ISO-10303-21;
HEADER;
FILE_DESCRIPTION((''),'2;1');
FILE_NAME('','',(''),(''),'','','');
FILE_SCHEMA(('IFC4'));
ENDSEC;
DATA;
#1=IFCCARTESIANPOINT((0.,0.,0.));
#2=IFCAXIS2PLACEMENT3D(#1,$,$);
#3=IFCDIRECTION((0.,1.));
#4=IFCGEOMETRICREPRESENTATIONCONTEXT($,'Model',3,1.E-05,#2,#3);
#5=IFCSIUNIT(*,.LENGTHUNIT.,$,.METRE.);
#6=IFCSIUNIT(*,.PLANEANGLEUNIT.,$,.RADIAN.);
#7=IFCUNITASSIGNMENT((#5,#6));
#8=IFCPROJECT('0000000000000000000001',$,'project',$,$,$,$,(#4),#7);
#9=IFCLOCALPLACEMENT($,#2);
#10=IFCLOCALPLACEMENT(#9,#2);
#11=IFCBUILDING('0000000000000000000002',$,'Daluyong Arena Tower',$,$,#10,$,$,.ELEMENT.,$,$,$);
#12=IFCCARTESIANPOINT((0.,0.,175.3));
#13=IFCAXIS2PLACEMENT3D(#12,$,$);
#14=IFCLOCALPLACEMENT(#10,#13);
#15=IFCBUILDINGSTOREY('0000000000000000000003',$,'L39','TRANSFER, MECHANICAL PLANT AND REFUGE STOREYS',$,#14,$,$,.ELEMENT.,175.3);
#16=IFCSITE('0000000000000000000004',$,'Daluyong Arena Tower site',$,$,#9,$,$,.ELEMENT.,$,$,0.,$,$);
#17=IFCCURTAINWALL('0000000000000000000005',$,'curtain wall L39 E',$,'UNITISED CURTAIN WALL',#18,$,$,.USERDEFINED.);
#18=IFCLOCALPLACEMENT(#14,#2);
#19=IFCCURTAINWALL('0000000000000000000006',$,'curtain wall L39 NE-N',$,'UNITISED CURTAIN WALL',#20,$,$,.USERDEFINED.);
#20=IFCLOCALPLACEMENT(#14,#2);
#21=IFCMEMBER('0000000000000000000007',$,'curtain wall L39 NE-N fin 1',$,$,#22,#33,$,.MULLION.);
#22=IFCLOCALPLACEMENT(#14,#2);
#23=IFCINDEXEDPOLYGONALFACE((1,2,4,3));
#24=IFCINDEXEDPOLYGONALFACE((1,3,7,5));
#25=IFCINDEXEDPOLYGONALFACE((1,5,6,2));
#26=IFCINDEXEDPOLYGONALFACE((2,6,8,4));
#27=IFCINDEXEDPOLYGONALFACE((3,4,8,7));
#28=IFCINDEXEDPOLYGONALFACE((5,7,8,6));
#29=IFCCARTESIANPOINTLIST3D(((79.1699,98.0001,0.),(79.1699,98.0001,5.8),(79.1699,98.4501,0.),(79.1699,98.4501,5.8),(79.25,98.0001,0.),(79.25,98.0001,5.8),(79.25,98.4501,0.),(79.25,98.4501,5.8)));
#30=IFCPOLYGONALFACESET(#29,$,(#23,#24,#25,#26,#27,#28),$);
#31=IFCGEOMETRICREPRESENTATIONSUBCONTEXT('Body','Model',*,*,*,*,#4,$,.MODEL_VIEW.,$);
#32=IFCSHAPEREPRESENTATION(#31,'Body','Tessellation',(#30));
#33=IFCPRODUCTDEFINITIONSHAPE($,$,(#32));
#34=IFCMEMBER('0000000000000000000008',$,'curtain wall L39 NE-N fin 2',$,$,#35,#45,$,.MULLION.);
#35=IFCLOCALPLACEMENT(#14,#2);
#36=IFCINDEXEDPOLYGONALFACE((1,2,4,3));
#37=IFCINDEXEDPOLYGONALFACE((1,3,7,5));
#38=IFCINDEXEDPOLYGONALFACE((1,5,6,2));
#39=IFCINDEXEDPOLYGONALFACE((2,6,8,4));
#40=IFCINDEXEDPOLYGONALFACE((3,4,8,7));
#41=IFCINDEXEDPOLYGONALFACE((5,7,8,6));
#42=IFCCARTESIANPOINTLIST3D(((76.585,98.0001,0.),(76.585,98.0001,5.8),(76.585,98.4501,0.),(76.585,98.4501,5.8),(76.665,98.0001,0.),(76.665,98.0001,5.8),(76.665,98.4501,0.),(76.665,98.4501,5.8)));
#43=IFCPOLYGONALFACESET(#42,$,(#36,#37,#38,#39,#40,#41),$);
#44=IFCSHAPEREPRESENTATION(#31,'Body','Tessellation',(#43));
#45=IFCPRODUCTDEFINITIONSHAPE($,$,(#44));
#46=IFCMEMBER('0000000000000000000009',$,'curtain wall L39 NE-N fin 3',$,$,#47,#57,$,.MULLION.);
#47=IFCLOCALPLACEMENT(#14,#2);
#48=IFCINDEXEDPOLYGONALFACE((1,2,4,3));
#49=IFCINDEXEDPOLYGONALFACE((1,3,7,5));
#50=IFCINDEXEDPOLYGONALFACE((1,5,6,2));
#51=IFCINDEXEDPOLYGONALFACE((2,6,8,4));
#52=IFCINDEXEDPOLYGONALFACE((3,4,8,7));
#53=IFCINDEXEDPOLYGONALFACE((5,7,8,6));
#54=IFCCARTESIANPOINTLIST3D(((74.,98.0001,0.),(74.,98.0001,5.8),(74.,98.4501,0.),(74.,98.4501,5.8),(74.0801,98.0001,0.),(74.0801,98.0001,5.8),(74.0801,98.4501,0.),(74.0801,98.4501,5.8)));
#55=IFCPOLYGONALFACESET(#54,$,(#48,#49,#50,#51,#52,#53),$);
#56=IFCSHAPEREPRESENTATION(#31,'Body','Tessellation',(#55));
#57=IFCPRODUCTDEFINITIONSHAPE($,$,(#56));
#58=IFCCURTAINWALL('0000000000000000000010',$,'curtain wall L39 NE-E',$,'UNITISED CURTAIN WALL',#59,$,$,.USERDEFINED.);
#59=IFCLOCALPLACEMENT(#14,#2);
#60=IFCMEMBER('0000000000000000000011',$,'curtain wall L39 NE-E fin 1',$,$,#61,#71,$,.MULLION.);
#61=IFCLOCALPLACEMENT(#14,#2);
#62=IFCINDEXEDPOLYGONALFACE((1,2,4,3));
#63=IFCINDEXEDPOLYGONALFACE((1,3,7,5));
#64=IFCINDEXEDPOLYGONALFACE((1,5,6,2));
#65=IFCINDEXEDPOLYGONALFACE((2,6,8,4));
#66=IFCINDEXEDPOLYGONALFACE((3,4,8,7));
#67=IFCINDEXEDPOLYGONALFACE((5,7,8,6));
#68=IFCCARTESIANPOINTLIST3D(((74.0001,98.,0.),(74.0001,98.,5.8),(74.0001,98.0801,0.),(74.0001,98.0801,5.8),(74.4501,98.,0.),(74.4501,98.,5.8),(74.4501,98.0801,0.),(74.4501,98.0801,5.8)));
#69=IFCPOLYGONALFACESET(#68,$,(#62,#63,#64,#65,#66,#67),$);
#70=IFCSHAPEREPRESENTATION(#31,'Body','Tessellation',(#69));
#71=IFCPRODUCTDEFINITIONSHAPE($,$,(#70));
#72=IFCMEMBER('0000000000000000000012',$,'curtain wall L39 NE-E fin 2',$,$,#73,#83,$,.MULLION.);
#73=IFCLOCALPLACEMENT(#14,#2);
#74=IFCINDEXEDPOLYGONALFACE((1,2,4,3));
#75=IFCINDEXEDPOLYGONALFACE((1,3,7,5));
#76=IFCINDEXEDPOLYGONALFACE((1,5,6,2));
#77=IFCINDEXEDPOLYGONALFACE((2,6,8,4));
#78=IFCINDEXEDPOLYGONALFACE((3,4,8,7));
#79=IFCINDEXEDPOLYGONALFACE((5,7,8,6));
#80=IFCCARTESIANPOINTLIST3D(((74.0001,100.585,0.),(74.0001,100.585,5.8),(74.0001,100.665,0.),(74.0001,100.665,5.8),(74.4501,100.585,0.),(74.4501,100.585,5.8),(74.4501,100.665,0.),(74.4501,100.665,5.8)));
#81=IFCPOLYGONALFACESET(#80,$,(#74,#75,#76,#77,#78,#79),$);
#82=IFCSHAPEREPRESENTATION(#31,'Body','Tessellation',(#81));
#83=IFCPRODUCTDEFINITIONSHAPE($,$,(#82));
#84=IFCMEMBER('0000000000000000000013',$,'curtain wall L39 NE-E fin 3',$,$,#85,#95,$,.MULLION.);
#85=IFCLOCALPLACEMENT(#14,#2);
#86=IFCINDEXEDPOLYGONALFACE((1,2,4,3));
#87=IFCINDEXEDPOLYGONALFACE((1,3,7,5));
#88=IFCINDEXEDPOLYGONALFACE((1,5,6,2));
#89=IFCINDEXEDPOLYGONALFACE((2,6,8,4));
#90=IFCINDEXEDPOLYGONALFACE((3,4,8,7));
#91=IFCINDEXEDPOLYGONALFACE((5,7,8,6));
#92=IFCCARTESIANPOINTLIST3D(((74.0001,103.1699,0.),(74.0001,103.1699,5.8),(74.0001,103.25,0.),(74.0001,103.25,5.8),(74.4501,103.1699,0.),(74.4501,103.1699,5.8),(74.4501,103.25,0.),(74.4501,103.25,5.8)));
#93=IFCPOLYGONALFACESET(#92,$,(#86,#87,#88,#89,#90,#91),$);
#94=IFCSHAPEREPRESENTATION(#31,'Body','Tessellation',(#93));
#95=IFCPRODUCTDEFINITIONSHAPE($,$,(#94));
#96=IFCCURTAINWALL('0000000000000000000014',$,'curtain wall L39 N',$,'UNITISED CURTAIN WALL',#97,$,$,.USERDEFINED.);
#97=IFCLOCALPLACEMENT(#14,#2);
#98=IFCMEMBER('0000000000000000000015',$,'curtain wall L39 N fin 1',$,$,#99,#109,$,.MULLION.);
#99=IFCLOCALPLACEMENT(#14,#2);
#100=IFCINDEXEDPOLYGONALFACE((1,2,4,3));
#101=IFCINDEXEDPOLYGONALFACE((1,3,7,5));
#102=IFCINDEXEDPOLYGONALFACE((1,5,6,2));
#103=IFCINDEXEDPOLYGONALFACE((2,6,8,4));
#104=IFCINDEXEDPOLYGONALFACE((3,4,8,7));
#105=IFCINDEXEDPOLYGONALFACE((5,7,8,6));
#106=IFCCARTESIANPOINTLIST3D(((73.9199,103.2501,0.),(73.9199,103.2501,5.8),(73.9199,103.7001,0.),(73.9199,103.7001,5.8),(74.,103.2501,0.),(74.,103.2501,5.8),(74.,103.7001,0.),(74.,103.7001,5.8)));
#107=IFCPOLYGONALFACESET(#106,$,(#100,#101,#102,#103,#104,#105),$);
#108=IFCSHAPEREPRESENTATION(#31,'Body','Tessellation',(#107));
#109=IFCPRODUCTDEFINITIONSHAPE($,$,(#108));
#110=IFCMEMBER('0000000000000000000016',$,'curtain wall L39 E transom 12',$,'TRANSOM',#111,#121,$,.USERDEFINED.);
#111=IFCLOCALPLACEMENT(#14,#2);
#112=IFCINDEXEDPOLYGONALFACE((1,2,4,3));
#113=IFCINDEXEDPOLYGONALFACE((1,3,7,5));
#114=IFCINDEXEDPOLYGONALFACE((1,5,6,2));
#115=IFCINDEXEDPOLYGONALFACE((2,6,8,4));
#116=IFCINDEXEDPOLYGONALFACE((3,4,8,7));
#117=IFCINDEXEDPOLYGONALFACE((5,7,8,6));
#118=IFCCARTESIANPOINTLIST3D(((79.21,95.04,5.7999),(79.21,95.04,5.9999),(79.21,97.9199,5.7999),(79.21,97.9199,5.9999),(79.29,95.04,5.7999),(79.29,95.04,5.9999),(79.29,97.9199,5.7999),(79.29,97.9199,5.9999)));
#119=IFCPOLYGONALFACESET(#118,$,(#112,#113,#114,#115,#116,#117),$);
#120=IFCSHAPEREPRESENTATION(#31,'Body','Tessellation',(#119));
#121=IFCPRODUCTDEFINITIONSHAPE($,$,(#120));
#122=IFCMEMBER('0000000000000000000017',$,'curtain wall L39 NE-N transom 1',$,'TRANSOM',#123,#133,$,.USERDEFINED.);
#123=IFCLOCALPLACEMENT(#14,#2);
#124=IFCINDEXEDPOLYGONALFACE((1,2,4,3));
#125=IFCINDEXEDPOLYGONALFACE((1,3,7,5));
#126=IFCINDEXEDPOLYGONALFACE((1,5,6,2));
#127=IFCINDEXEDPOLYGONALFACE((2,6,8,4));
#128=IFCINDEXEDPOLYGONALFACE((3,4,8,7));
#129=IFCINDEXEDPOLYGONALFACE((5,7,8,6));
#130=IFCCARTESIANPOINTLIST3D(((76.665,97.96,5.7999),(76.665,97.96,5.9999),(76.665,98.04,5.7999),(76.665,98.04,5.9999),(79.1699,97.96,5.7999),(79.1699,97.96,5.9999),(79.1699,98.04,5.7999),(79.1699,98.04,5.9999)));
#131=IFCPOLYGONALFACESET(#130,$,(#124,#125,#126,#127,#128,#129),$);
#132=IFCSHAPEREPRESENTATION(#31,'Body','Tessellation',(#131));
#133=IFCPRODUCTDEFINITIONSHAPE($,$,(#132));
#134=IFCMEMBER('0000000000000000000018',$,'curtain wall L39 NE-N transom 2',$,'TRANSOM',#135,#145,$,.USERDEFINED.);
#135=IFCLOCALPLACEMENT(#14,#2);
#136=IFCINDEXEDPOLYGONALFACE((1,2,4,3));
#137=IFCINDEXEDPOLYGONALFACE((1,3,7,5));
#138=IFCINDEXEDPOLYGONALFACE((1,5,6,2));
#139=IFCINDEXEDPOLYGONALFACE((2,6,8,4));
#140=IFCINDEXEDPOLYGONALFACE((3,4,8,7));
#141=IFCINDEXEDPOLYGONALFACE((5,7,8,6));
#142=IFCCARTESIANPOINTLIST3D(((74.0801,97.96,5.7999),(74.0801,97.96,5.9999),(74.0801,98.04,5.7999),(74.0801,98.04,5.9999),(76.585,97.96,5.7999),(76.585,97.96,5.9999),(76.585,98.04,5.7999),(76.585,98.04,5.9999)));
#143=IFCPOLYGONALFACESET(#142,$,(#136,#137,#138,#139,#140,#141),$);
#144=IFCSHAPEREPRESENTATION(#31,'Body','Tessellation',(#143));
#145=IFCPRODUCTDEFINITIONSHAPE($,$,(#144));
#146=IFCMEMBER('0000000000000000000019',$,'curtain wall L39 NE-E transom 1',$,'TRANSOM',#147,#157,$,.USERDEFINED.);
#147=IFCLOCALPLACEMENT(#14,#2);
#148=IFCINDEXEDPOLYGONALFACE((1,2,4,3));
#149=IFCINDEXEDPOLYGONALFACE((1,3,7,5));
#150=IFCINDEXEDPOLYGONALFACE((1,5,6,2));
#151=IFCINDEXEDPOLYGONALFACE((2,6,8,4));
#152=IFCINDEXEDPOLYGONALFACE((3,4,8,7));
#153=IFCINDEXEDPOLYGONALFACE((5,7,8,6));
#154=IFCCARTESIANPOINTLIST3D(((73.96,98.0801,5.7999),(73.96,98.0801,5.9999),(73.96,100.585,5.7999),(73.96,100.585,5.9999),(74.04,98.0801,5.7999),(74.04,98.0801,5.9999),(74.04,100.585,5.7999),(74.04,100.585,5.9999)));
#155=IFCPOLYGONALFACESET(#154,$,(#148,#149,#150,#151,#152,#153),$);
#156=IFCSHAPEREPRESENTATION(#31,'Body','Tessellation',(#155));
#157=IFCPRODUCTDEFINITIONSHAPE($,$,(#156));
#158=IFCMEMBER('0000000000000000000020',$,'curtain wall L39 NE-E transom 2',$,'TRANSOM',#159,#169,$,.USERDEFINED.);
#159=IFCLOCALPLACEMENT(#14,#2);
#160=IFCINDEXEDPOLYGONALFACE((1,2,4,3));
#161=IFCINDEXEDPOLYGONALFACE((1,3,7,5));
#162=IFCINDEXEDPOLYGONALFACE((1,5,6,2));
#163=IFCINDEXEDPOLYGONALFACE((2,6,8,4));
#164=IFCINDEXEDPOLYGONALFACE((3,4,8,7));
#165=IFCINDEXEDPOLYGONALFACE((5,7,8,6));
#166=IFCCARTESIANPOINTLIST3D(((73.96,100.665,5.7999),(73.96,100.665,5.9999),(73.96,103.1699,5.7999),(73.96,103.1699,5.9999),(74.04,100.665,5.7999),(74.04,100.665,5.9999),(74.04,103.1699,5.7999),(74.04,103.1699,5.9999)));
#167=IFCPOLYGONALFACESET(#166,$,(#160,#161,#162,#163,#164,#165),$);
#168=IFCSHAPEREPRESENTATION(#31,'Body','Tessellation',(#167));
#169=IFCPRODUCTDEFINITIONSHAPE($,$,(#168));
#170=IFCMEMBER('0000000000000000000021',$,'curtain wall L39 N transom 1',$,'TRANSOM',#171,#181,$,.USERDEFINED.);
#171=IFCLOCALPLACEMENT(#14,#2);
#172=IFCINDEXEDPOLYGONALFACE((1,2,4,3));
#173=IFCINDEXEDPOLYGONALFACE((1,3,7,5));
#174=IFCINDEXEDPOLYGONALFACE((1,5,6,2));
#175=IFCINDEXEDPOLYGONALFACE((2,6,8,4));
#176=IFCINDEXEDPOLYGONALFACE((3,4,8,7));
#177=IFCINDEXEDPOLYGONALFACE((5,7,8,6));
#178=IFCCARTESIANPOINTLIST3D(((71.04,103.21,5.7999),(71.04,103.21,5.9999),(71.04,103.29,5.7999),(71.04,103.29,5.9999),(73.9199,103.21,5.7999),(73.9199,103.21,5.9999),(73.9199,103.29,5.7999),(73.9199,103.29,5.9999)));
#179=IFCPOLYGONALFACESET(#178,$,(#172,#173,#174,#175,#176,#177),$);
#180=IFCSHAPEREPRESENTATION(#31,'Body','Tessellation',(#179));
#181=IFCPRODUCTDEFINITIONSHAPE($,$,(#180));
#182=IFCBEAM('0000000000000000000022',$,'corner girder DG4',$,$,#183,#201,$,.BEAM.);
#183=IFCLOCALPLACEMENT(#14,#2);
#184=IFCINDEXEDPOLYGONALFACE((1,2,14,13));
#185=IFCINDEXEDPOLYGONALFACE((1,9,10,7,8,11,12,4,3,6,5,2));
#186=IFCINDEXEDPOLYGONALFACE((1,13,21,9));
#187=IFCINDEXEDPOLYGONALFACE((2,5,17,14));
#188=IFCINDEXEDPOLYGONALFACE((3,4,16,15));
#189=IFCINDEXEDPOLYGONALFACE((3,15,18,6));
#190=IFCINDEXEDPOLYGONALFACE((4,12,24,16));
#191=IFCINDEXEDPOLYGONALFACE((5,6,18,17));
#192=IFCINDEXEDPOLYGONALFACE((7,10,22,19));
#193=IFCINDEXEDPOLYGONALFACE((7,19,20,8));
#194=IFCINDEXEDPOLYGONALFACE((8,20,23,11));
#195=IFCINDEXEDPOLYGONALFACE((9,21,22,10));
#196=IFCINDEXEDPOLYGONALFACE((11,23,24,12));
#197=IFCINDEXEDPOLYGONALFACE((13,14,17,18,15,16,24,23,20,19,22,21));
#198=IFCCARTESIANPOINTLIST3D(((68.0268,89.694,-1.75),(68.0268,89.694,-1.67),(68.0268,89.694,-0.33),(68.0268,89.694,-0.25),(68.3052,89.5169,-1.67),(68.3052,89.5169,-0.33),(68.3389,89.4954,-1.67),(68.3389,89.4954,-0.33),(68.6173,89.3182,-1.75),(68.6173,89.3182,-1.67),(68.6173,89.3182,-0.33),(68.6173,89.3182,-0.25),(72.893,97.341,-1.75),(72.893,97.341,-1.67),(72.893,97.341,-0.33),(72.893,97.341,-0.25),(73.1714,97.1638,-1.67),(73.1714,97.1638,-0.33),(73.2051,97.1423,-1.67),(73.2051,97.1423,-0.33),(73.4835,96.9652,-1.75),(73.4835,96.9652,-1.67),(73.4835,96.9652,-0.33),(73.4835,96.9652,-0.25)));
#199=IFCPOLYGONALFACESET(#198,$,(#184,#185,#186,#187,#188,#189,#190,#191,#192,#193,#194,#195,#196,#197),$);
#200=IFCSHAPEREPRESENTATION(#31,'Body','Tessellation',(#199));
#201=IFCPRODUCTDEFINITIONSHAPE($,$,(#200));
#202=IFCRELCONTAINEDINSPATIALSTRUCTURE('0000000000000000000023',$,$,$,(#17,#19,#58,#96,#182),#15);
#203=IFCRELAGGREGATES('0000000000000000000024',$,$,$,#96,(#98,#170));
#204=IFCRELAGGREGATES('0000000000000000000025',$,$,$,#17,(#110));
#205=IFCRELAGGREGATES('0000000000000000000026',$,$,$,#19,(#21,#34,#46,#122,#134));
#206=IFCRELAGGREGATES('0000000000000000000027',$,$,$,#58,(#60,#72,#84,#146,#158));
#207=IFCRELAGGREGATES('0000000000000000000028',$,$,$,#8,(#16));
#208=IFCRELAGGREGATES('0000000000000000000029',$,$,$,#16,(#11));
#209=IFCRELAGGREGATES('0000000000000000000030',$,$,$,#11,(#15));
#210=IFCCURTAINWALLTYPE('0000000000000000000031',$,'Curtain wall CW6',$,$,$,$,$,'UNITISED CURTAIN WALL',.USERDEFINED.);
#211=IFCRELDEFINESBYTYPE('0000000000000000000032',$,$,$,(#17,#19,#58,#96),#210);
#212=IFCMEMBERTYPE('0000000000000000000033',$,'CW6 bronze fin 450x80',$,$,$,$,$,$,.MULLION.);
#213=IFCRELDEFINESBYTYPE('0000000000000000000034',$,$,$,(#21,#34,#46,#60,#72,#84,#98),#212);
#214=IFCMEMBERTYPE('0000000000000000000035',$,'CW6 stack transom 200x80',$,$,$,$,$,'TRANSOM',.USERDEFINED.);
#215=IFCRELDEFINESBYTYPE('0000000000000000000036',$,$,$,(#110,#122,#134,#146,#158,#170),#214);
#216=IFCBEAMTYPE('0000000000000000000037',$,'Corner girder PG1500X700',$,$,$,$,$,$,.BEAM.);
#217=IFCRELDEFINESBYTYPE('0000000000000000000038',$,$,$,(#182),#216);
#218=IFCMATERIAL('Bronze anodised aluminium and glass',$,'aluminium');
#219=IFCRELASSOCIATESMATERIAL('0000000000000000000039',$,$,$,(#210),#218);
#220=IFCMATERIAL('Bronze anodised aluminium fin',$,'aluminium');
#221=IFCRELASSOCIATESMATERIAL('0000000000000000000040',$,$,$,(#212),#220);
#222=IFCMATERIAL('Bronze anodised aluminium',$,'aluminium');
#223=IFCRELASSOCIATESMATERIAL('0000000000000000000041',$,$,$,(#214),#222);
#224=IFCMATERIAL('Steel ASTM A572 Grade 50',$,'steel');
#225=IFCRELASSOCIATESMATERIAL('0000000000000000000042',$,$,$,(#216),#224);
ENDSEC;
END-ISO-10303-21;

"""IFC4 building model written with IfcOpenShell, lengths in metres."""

from ifc_helpers import new_model, si_unit, direction, frame, origin, origin_2d, place, context, subcontext, project, spatial, rectangle, i_section, extrude, material, material_profile, profile_set, type_object, element, aggregate, save


model = new_model("IFC4")

# Units and contexts
model_context = context("Model", 3, precision=1e-05, world=origin(), true_north=direction((0.0, 1.0)))
body_context = subcontext(model_context, "Body", "Model", "MODEL_VIEW")
ifc_project = project(units=[si_unit("LENGTHUNIT", "METRE"), si_unit("PLANEANGLEUNIT", "RADIAN")], contexts=[model_context])

# Site, building, storey
site_placement = place(None, origin())
site = spatial("IfcSite", under=ifc_project, at=site_placement, Name="Daluyong Arena Tower site", CompositionType="ELEMENT", RefElevation=0.0)
building_placement = place(site_placement, origin())
building = spatial("IfcBuilding", under=site, at=building_placement, Name="Daluyong Arena Tower", CompositionType="ELEMENT")
storey_placement = place(building_placement, frame((0.0, 0.0, 175.3)))
storey = spatial("IfcBuildingStorey", under=building, at=storey_placement, Name="L39", Description="TRANSFER, MECHANICAL PLANT AND REFUGE STOREYS", CompositionType="ELEMENT", Elevation=175.3)

# Curtain walls, members
ifc_material_1 = material(Name="Bronze anodised aluminium and glass", Category="aluminium")
curtain_wall_type = type_object("IfcCurtainWallType", Name="Curtain wall CW6", ElementType="UNITISED CURTAIN WALL", PredefinedType="USERDEFINED", material=ifc_material_1)
curtain_wall_1_placement = place(storey_placement, origin())
curtain_wall_1 = element("IfcCurtainWall", 1, at=curtain_wall_1_placement, inside=storey, type_object=curtain_wall_type, Name="curtain wall L39 E", ObjectType="UNITISED CURTAIN WALL", PredefinedType="USERDEFINED")
ifc_material_2 = material(Name="Bronze anodised aluminium fin", Category="aluminium")
ifc_material_profile_1 = material_profile(ifc_material_2, rectangle(XDim=0.45, YDim=0.0801, at=origin_2d()))
ifc_profile_set_1 = profile_set([ifc_material_profile_1], Name="Bronze anodised aluminium fin")
member_type_1 = type_object("IfcMemberType", Name="CW6 bronze fin 450x80", PredefinedType="MULLION", material=ifc_profile_set_1)
curtain_wall_2_placement = place(storey_placement, origin())
curtain_wall_2 = element("IfcCurtainWall", 2, at=curtain_wall_2_placement, inside=storey, type_object=curtain_wall_type, Name="curtain wall L39 NE-N", ObjectType="UNITISED CURTAIN WALL", PredefinedType="USERDEFINED")
member_1_placement = place(storey_placement, frame((79.21, 98.2251, 0.0), z_axis=(0.0, 0.0, 1.0), x_axis=(0.0, -1.0, 0.0)))
member_1 = element("IfcMember", 3, at=member_1_placement, type_object=member_type_1, Name="curtain wall L39 NE-N fin 1", PredefinedType="MULLION", context=body_context, shape_type="SweptSolid", body=[
    extrude(rectangle(XDim=0.45, YDim=0.0801, at=origin_2d()), origin(), (0.0, 0.0, 1.0), 5.8),
])
member_2_placement = place(storey_placement, frame((76.625, 98.2251, 0.0), z_axis=(0.0, 0.0, 1.0), x_axis=(0.0, -1.0, 0.0)))
member_2 = element("IfcMember", 4, at=member_2_placement, type_object=member_type_1, Name="curtain wall L39 NE-N fin 2", PredefinedType="MULLION", context=body_context, shape_type="SweptSolid", body=[
    extrude(rectangle(XDim=0.45, YDim=0.0801, at=origin_2d()), origin(), (0.0, 0.0, 1.0), 5.8),
])
member_3_placement = place(storey_placement, frame((74.04, 98.2251, 0.0), z_axis=(0.0, 0.0, 1.0), x_axis=(0.0, -1.0, 0.0)))
member_3 = element("IfcMember", 5, at=member_3_placement, type_object=member_type_1, Name="curtain wall L39 NE-N fin 3", PredefinedType="MULLION", context=body_context, shape_type="SweptSolid", body=[
    extrude(rectangle(XDim=0.45, YDim=0.0801, at=origin_2d()), origin(), (0.0, 0.0, 1.0), 5.8),
])
curtain_wall_3_placement = place(storey_placement, origin())
curtain_wall_3 = element("IfcCurtainWall", 6, at=curtain_wall_3_placement, inside=storey, type_object=curtain_wall_type, Name="curtain wall L39 NE-E", ObjectType="UNITISED CURTAIN WALL", PredefinedType="USERDEFINED")
member_4_placement = place(storey_placement, frame((74.2251, 98.04, 0.0), z_axis=(0.0, 0.0, 1.0), x_axis=(-1.0, 0.0, 0.0)))
member_4 = element("IfcMember", 7, at=member_4_placement, type_object=member_type_1, Name="curtain wall L39 NE-E fin 1", PredefinedType="MULLION", context=body_context, shape_type="SweptSolid", body=[
    extrude(rectangle(XDim=0.45, YDim=0.0801, at=origin_2d()), origin(), (0.0, 0.0, 1.0), 5.8),
])
member_5_placement = place(storey_placement, frame((74.2251, 100.625, 0.0), z_axis=(0.0, 0.0, 1.0), x_axis=(-1.0, 0.0, 0.0)))
member_5 = element("IfcMember", 8, at=member_5_placement, type_object=member_type_1, Name="curtain wall L39 NE-E fin 2", PredefinedType="MULLION", context=body_context, shape_type="SweptSolid", body=[
    extrude(rectangle(XDim=0.45, YDim=0.0801, at=origin_2d()), origin(), (0.0, 0.0, 1.0), 5.8),
])
member_6_placement = place(storey_placement, frame((74.2251, 103.21, 0.0), z_axis=(0.0, 0.0, 1.0), x_axis=(-1.0, 0.0, 0.0)))
member_6 = element("IfcMember", 9, at=member_6_placement, type_object=member_type_1, Name="curtain wall L39 NE-E fin 3", PredefinedType="MULLION", context=body_context, shape_type="SweptSolid", body=[
    extrude(rectangle(XDim=0.45, YDim=0.0801, at=origin_2d()), origin(), (0.0, 0.0, 1.0), 5.8),
])

# Curtain wall, member
curtain_wall_4_placement = place(storey_placement, origin())
curtain_wall_4 = element("IfcCurtainWall", 10, at=curtain_wall_4_placement, inside=storey, type_object=curtain_wall_type, Name="curtain wall L39 N", ObjectType="UNITISED CURTAIN WALL", PredefinedType="USERDEFINED")
member_7_placement = place(storey_placement, frame((73.96, 103.4751, 0.0), z_axis=(0.0, 0.0, 1.0), x_axis=(0.0, -1.0, 0.0)))
member_7 = element("IfcMember", 11, at=member_7_placement, type_object=member_type_1, Name="curtain wall L39 N fin 1", PredefinedType="MULLION", context=body_context, shape_type="SweptSolid", body=[
    extrude(rectangle(XDim=0.45, YDim=0.0801, at=origin_2d()), origin(), (0.0, 0.0, 1.0), 5.8),
])

# Members
ifc_material_3 = material(Name="Bronze anodised aluminium", Category="aluminium")
ifc_material_profile_2 = material_profile(ifc_material_3, rectangle(XDim=0.0801, YDim=0.2, at=origin_2d()))
ifc_profile_set_2 = profile_set([ifc_material_profile_2], Name="Bronze anodised aluminium")
member_type_2 = type_object("IfcMemberType", Name="CW6 stack transom 200x80", ElementType="TRANSOM", PredefinedType="USERDEFINED", material=ifc_profile_set_2)
member_8_placement = place(storey_placement, frame((79.25, 95.04, 5.8999), z_axis=(0.0, 1.0, 0.0), x_axis=(-1.0, 0.0, 0.0)))
member_8 = element("IfcMember", 12, at=member_8_placement, type_object=member_type_2, Name="curtain wall L39 E transom 12", ObjectType="TRANSOM", PredefinedType="USERDEFINED", context=body_context, shape_type="SweptSolid", body=[
    extrude(rectangle(XDim=0.0801, YDim=0.2, at=origin_2d()), origin(), (0.0, 0.0, 1.0), 2.8799),
])
member_9_placement = place(storey_placement, frame((79.1699, 98.0, 5.8999), z_axis=(-1.0, 0.0, 0.0), x_axis=(0.0, -1.0, 0.0)))
member_9 = element("IfcMember", 13, at=member_9_placement, type_object=member_type_2, Name="curtain wall L39 NE-N transom 1", ObjectType="TRANSOM", PredefinedType="USERDEFINED", context=body_context, shape_type="SweptSolid", body=[
    extrude(rectangle(XDim=0.0801, YDim=0.2, at=origin_2d()), origin(), (0.0, 0.0, 1.0), 2.5049),
])
member_10_placement = place(storey_placement, frame((76.585, 98.0, 5.8999), z_axis=(-1.0, 0.0, 0.0), x_axis=(0.0, -1.0, 0.0)))
member_10 = element("IfcMember", 14, at=member_10_placement, type_object=member_type_2, Name="curtain wall L39 NE-N transom 2", ObjectType="TRANSOM", PredefinedType="USERDEFINED", context=body_context, shape_type="SweptSolid", body=[
    extrude(rectangle(XDim=0.0801, YDim=0.2, at=origin_2d()), origin(), (0.0, 0.0, 1.0), 2.5049),
])
member_11_placement = place(storey_placement, frame((74.0, 98.0801, 5.8999), z_axis=(0.0, 1.0, 0.0), x_axis=(-1.0, 0.0, 0.0)))
member_11 = element("IfcMember", 15, at=member_11_placement, type_object=member_type_2, Name="curtain wall L39 NE-E transom 1", ObjectType="TRANSOM", PredefinedType="USERDEFINED", context=body_context, shape_type="SweptSolid", body=[
    extrude(rectangle(XDim=0.0801, YDim=0.2, at=origin_2d()), origin(), (0.0, 0.0, 1.0), 2.5049),
])
member_12_placement = place(storey_placement, frame((74.0, 100.665, 5.8999), z_axis=(0.0, 1.0, 0.0), x_axis=(-1.0, 0.0, 0.0)))
member_12 = element("IfcMember", 16, at=member_12_placement, type_object=member_type_2, Name="curtain wall L39 NE-E transom 2", ObjectType="TRANSOM", PredefinedType="USERDEFINED", context=body_context, shape_type="SweptSolid", body=[
    extrude(rectangle(XDim=0.0801, YDim=0.2, at=origin_2d()), origin(), (0.0, 0.0, 1.0), 2.5049),
])
member_13_placement = place(storey_placement, frame((73.9199, 103.25, 5.8999), z_axis=(-1.0, 0.0, 0.0), x_axis=(0.0, -1.0, 0.0)))
member_13 = element("IfcMember", 17, at=member_13_placement, type_object=member_type_2, Name="curtain wall L39 N transom 1", ObjectType="TRANSOM", PredefinedType="USERDEFINED", context=body_context, shape_type="SweptSolid", body=[
    extrude(rectangle(XDim=0.0801, YDim=0.2, at=origin_2d()), origin(), (0.0, 0.0, 1.0), 2.8799),
])
aggregate(curtain_wall_4, [member_7, member_13])

# Beam
ifc_material_4 = material(Name="Steel ASTM A572 Grade 50", Category="steel")
ifc_material_profile_3 = material_profile(ifc_material_4, i_section(OverallWidth=0.7, OverallDepth=1.5, WebThickness=0.04, FlangeThickness=0.08, at=origin_2d()))
ifc_profile_set_3 = profile_set([ifc_material_profile_3], Name="Steel ASTM A572 Grade 50")
beam_type_1 = type_object("IfcBeamType", Name="Corner girder PG1500X700", PredefinedType="BEAM", material=ifc_profile_set_3)
beam_1_placement = place(storey_placement, frame((73.1882, 97.1531, -1.0), z_axis=(-0.536872, -0.843664, 0.0), x_axis=(0.843664, -0.536872, 0.0)))
element("IfcBeam", 18, at=beam_1_placement, inside=storey, type_object=beam_type_1, Name="corner girder DG4", PredefinedType="BEAM", context=body_context, shape_type="SweptSolid", body=[
    extrude(i_section(OverallWidth=0.7, OverallDepth=1.5, WebThickness=0.04, FlangeThickness=0.08, at=origin_2d()), origin(), (0.0, 0.0, 1.0), 9.064),
])

aggregate(curtain_wall_1, [member_8])
aggregate(curtain_wall_2, [member_1, member_2, member_3, member_9, member_10])
aggregate(curtain_wall_3, [member_4, member_5, member_6, member_11, member_12])

save(model, "model.ifc")
